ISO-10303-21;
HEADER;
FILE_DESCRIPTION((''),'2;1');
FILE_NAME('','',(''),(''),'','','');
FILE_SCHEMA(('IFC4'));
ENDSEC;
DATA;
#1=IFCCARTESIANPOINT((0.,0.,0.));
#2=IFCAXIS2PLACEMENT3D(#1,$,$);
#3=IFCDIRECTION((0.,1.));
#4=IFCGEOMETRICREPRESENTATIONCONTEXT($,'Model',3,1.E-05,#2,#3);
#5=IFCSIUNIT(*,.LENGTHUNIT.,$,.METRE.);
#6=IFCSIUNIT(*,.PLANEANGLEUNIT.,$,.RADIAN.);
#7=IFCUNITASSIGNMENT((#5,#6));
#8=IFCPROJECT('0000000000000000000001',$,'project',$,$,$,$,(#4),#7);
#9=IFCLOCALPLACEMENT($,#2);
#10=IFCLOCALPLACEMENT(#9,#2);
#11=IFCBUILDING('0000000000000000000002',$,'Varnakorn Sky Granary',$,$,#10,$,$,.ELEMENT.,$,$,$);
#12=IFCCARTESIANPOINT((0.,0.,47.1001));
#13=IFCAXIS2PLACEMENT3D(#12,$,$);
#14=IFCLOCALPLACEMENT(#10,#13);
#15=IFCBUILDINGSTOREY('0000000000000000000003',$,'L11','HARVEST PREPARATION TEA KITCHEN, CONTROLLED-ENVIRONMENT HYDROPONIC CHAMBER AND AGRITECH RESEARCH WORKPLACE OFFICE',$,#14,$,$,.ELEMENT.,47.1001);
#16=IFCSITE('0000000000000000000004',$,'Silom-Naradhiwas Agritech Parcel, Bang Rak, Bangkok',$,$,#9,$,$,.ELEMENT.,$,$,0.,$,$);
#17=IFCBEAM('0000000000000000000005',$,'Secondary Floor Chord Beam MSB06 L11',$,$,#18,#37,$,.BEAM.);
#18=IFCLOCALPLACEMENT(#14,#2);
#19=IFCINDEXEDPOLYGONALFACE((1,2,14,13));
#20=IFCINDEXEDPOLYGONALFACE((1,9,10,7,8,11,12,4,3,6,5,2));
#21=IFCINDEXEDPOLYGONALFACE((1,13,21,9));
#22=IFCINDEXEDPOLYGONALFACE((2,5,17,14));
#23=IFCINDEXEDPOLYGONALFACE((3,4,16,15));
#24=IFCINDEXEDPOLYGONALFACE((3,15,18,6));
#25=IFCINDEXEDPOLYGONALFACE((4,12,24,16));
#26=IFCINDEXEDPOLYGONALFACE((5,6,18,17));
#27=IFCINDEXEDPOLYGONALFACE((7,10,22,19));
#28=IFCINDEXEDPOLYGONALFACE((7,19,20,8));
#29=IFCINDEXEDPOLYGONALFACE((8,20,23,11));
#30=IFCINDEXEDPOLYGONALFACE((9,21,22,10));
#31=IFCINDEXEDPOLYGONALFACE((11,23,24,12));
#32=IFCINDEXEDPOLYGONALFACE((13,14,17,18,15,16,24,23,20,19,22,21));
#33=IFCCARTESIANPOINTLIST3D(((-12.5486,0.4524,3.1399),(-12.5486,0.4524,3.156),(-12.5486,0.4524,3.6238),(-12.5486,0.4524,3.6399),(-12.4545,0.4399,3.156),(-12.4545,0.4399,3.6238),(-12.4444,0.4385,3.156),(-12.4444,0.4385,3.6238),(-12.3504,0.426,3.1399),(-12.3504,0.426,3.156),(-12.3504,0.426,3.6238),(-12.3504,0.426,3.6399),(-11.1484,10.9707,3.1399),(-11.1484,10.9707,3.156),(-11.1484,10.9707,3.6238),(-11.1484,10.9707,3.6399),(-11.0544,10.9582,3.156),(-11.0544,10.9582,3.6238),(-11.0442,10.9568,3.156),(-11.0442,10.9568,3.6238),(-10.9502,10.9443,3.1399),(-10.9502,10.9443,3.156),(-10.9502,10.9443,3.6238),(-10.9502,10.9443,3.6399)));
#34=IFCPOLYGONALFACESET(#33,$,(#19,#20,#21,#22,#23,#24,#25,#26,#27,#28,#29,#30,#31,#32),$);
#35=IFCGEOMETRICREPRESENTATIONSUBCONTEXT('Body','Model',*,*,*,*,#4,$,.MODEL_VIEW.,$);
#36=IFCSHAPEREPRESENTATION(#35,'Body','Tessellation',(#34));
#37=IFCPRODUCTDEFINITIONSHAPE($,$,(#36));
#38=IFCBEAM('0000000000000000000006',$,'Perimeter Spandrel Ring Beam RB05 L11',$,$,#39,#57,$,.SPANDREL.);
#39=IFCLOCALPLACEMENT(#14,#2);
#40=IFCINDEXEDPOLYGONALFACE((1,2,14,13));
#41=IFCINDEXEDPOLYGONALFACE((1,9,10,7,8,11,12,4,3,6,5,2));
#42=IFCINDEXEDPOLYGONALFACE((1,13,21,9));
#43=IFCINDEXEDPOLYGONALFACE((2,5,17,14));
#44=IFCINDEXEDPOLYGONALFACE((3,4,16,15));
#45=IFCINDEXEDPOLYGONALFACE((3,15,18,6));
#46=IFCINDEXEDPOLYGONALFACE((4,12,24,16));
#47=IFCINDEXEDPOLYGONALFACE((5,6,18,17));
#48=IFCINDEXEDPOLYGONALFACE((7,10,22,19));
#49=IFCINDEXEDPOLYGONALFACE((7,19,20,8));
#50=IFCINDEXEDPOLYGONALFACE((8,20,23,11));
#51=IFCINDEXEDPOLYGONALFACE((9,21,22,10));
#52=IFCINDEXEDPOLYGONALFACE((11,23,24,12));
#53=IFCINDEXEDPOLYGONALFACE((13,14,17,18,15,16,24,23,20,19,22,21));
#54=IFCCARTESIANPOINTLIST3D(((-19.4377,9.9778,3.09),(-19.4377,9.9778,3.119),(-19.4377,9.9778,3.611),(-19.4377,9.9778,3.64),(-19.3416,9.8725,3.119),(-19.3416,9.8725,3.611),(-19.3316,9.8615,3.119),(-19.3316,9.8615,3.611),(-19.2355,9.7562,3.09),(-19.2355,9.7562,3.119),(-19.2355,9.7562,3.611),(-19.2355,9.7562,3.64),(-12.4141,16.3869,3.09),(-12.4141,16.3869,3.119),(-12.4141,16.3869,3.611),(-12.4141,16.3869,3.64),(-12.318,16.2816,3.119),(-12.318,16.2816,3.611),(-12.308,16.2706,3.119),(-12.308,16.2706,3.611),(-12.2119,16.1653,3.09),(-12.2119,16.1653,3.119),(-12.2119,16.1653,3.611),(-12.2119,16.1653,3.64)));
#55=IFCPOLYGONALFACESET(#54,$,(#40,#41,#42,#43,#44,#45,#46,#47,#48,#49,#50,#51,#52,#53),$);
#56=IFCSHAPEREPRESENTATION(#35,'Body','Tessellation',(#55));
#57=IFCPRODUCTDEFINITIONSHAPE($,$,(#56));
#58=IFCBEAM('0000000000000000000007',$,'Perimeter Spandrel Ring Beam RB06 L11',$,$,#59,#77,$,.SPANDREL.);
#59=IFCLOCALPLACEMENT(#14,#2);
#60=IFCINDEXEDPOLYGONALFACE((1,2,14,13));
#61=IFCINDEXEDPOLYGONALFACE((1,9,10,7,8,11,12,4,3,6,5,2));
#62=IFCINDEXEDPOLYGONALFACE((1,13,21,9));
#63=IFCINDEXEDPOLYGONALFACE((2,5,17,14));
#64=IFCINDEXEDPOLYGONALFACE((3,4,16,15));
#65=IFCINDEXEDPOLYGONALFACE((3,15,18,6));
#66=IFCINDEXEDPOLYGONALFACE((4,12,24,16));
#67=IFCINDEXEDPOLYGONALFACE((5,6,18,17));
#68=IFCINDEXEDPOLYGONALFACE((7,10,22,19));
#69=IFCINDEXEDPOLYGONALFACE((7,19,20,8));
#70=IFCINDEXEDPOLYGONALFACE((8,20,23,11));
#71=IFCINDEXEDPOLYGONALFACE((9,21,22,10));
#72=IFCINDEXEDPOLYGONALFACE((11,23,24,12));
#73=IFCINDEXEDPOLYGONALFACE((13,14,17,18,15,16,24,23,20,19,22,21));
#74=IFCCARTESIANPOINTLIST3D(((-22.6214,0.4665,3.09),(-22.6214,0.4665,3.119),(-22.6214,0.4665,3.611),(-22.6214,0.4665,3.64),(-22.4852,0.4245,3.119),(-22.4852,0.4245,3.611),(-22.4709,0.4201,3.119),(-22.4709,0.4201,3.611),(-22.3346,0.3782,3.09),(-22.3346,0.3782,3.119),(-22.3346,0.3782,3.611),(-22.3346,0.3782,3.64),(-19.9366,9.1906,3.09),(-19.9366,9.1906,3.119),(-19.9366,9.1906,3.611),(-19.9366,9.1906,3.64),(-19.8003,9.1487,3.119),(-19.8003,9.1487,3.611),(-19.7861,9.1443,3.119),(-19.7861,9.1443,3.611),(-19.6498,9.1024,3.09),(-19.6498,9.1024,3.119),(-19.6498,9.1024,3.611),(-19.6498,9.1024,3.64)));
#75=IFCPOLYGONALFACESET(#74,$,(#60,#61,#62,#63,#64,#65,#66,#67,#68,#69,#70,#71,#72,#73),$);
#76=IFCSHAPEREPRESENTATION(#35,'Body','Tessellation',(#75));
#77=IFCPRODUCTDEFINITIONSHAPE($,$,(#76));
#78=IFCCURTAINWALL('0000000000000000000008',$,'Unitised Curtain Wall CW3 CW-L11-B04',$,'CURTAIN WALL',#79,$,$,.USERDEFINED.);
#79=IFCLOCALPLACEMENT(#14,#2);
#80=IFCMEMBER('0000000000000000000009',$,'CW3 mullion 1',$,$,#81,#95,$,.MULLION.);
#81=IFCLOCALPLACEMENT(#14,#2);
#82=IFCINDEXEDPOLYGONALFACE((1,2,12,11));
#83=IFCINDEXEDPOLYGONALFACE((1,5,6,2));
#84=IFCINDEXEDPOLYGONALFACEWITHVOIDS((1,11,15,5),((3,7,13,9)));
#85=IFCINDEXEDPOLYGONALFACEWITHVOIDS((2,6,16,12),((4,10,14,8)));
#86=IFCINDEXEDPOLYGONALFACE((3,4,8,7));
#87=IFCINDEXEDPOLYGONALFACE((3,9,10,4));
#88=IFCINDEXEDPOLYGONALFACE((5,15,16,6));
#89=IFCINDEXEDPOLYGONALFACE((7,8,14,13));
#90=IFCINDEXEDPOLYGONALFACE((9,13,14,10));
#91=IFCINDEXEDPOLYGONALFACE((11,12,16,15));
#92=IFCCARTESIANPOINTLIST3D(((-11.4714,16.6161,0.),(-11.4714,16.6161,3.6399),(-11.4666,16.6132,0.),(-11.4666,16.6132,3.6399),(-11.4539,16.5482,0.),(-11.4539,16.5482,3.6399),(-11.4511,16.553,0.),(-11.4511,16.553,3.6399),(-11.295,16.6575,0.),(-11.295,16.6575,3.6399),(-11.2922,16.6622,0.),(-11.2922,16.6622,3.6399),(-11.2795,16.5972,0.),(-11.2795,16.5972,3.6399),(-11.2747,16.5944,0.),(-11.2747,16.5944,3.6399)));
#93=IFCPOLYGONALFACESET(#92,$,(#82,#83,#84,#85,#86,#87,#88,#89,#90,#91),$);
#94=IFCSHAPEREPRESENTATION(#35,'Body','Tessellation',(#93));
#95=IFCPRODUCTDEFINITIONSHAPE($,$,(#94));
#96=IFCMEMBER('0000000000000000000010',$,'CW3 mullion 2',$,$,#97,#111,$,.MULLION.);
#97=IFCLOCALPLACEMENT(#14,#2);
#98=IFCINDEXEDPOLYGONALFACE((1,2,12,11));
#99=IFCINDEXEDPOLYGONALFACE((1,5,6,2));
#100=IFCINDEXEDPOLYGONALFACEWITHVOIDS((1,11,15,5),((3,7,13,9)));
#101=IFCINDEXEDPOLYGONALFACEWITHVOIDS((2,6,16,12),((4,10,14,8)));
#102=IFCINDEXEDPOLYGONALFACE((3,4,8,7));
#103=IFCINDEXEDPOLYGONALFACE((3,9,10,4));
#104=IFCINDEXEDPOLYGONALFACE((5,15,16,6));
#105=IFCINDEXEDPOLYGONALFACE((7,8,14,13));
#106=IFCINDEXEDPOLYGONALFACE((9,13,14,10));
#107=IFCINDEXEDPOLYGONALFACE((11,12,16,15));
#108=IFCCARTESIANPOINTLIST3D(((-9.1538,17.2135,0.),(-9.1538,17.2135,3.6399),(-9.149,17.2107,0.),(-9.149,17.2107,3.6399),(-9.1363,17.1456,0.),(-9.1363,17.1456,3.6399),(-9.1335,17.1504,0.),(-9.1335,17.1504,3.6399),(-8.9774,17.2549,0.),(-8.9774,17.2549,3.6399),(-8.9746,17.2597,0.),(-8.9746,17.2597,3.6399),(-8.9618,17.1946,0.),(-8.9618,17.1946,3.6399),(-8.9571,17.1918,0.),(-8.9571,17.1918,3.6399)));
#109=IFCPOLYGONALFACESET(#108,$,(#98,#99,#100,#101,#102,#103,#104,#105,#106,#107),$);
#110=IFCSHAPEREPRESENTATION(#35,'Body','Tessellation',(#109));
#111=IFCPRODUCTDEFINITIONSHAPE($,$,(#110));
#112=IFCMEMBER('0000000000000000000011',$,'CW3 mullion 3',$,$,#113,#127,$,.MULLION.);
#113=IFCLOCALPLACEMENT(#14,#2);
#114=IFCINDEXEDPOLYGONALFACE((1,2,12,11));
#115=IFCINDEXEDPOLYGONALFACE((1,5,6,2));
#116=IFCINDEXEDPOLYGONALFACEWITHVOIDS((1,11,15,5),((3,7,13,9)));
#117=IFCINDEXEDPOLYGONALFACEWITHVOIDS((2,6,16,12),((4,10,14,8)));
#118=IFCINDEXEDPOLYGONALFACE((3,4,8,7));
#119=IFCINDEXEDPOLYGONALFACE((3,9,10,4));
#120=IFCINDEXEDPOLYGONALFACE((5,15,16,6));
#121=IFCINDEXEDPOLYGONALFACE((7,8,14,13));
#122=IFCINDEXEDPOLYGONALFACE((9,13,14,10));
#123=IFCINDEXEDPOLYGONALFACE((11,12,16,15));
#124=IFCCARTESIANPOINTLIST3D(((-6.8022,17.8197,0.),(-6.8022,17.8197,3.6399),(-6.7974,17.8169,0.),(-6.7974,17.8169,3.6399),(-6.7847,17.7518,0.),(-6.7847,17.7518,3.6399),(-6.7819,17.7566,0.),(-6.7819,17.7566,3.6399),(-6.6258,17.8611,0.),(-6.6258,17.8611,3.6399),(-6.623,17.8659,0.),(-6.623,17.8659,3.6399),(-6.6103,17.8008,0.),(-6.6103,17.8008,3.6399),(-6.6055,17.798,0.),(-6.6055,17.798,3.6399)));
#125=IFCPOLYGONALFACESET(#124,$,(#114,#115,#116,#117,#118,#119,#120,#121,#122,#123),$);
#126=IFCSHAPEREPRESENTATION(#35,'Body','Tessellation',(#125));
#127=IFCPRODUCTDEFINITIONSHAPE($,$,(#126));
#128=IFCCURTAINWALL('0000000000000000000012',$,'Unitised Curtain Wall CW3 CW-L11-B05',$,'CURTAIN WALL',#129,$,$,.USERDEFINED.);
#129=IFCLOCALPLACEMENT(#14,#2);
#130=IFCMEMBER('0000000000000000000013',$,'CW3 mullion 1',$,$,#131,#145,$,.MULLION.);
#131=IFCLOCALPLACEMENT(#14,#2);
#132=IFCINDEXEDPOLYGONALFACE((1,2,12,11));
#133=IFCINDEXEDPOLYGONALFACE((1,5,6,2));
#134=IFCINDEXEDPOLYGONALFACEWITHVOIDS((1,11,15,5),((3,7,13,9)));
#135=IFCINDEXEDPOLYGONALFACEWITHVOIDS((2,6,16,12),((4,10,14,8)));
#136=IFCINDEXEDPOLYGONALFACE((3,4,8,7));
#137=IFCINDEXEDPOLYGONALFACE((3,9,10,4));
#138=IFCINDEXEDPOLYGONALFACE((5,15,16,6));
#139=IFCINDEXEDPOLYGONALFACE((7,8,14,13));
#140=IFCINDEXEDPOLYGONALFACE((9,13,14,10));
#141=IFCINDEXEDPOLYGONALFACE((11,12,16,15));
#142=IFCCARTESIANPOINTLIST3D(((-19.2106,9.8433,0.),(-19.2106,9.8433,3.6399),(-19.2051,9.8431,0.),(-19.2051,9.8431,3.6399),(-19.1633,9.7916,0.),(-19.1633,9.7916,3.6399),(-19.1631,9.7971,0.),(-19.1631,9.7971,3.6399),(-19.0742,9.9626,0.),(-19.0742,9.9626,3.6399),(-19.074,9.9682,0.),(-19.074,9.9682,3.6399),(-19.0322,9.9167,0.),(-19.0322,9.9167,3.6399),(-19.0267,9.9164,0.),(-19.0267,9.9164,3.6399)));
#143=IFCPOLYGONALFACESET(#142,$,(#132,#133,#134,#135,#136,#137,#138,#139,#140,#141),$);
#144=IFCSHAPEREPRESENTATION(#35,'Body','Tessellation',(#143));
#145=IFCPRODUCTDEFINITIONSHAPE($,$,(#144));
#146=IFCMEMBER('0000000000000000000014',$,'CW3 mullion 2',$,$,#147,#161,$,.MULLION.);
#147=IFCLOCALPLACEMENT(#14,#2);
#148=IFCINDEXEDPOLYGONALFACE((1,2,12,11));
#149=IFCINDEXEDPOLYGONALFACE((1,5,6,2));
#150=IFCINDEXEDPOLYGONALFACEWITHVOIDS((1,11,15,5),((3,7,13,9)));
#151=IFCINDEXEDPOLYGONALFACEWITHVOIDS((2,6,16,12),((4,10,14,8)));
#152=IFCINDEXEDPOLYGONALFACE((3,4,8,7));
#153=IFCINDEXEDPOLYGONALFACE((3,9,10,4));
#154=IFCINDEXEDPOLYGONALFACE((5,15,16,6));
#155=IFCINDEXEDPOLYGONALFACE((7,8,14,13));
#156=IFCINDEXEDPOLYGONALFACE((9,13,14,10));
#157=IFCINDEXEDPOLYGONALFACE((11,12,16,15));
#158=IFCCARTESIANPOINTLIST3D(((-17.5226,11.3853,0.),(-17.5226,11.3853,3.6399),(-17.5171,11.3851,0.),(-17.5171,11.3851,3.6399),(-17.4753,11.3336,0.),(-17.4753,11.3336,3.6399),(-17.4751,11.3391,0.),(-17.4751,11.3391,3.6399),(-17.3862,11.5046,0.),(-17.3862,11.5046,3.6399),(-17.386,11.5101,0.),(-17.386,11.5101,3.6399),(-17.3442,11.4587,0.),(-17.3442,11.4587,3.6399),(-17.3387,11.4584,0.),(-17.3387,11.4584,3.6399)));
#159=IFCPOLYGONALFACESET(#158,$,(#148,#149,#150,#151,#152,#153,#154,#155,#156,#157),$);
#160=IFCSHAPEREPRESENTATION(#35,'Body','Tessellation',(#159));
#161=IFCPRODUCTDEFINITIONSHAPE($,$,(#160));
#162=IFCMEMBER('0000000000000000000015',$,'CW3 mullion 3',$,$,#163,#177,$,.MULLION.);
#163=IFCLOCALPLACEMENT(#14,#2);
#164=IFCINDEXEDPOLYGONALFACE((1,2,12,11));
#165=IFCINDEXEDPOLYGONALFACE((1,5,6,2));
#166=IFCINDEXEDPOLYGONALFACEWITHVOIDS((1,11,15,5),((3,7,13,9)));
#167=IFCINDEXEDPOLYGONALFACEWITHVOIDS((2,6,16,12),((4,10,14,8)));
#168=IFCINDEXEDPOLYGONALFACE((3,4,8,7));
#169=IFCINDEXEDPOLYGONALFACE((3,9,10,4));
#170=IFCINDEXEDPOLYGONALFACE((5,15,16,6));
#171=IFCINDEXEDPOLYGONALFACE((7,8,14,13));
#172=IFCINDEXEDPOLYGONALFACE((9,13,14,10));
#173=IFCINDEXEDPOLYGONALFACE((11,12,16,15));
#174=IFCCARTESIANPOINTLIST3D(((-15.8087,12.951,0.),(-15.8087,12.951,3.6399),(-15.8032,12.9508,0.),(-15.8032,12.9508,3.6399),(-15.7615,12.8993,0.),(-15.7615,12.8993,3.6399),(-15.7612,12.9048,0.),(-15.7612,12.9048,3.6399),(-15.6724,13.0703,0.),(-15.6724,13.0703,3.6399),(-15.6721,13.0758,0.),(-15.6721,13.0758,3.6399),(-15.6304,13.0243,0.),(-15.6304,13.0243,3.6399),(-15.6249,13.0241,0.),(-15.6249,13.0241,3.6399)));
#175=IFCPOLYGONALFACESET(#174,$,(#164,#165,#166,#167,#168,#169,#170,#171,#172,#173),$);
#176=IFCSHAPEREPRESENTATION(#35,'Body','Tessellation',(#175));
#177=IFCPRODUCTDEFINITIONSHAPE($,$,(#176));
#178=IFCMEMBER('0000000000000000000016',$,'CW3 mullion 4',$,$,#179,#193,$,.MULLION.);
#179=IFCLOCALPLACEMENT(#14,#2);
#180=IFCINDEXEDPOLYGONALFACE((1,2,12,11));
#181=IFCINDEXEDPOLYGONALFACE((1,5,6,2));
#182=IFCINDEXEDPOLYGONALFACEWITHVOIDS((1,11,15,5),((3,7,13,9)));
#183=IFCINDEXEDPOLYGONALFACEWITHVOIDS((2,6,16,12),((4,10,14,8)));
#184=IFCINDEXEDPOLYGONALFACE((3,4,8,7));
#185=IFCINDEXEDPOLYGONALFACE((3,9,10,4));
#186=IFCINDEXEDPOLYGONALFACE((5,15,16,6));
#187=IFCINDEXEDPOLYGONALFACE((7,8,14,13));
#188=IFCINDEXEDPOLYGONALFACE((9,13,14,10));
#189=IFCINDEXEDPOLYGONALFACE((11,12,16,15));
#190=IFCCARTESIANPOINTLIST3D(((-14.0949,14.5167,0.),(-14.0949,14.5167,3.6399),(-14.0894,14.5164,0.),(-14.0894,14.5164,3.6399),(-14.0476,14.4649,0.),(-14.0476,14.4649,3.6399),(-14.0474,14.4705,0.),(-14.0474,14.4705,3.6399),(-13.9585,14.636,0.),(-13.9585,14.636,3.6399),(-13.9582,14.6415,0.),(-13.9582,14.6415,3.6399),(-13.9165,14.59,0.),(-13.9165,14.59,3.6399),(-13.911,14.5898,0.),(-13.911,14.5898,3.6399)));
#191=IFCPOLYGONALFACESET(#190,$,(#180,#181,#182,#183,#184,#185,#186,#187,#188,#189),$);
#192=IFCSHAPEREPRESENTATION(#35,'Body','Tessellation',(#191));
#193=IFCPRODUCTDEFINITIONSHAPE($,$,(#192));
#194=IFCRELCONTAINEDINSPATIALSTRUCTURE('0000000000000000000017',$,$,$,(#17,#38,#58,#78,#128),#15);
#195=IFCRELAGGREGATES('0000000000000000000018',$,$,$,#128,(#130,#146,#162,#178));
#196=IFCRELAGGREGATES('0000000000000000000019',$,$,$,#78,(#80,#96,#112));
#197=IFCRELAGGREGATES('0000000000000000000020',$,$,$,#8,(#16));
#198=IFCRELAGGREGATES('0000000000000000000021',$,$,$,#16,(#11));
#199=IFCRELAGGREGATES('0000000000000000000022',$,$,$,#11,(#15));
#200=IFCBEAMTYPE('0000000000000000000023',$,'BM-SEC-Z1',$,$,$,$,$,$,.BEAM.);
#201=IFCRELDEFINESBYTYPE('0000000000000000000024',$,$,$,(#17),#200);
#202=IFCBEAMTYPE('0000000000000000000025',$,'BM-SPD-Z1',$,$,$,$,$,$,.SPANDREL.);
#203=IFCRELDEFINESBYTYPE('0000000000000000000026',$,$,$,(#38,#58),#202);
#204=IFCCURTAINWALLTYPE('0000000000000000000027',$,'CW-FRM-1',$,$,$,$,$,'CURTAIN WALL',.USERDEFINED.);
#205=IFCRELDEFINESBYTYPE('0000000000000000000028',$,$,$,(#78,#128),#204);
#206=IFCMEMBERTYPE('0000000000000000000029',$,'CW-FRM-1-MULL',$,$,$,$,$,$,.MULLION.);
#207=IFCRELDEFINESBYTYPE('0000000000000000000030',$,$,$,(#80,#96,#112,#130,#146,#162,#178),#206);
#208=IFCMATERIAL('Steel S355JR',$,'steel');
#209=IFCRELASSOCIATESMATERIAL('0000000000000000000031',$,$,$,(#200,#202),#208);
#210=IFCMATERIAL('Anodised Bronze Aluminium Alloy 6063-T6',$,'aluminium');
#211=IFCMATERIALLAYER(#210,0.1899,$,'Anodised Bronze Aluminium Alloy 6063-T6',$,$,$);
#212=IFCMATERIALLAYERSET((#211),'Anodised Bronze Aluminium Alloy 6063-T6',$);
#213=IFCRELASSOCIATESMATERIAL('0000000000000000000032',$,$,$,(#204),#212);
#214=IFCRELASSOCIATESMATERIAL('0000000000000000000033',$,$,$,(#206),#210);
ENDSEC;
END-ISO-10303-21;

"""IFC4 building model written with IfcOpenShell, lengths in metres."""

from ifc_helpers import new_model, si_unit, direction, frame, origin, origin_2d, place, context, subcontext, project, spatial, hollow_rectangle, i_section, extrude, material, layer, layer_set, material_profile, profile_set, type_object, element, aggregate, save


model = new_model("IFC4")

# Units and contexts
model_context = context("Model", 3, precision=1e-05, world=origin(), true_north=direction((0.0, 1.0)))
body_context = subcontext(model_context, "Body", "Model", "MODEL_VIEW")
ifc_project = project(units=[si_unit("LENGTHUNIT", "METRE"), si_unit("PLANEANGLEUNIT", "RADIAN")], contexts=[model_context])

# Site, building, storey
site_placement = place(None, origin())
site = spatial("IfcSite", under=ifc_project, at=site_placement, Name="Silom-Naradhiwas Agritech Parcel, Bang Rak, Bangkok", CompositionType="ELEMENT", RefElevation=0.0)
building_placement = place(site_placement, origin())
building = spatial("IfcBuilding", under=site, at=building_placement, Name="Varnakorn Sky Granary", CompositionType="ELEMENT")
storey_placement = place(building_placement, frame((0.0, 0.0, 47.1001)))
storey = spatial("IfcBuildingStorey", under=building, at=storey_placement, Name="L11", Description="HARVEST PREPARATION TEA KITCHEN, CONTROLLED-ENVIRONMENT HYDROPONIC CHAMBER AND AGRITECH RESEARCH WORKPLACE OFFICE", CompositionType="ELEMENT", Elevation=47.1001)

# Beams
ifc_material_1 = material(Name="Steel S355JR", Category="steel")
ifc_material_profile_1 = material_profile(ifc_material_1, i_section(OverallWidth=0.2, OverallDepth=0.5, WebThickness=0.0103, FlangeThickness=0.0161, at=origin_2d()), Name="IPE 500")
ifc_profile_set_1 = profile_set([ifc_material_profile_1], Name="Steel S355JR")
beam_type_1 = type_object("IfcBeamType", Name="BM-SEC-Z1", PredefinedType="BEAM", material=ifc_profile_set_1)
beam_1_placement = place(storey_placement, frame((-11.0493, 10.9575, 3.3899), z_axis=(-0.131951, -0.991256, 0.0), x_axis=(0.991256, -0.131951, 0.0)))
element("IfcBeam", 1, at=beam_1_placement, inside=storey, type_object=beam_type_1, Name="Secondary Floor Chord Beam MSB06 L11", PredefinedType="BEAM", context=body_context, shape_type="SweptSolid", body=[
    extrude(i_section(OverallWidth=0.2, OverallDepth=0.5, WebThickness=0.0103, FlangeThickness=0.0161, at=origin_2d()), origin(), (0.0, 0.0, 1.0), 10.6111),
])
ifc_material_profile_2 = material_profile(ifc_material_1, i_section(OverallWidth=0.3, OverallDepth=0.55, WebThickness=0.0149, FlangeThickness=0.0291, at=origin_2d()), Name="HE 550 B")
ifc_profile_set_2 = profile_set([ifc_material_profile_2], Name="Steel S355JR")
beam_type_2 = type_object("IfcBeamType", Name="BM-SPD-Z1", PredefinedType="SPANDREL", material=ifc_profile_set_2)
beam_2_placement = place(storey_placement, frame((-12.313, 16.2761, 3.365), z_axis=(-0.738682, -0.674054, 0.0), x_axis=(0.674054, -0.738682, 0.0)))
element("IfcBeam", 2, at=beam_2_placement, inside=storey, type_object=beam_type_2, Name="Perimeter Spandrel Ring Beam RB05 L11", PredefinedType="SPANDREL", context=body_context, shape_type="SweptSolid", body=[
    extrude(i_section(OverallWidth=0.3, OverallDepth=0.55, WebThickness=0.0149, FlangeThickness=0.0291, at=origin_2d()), origin(), (0.0, 0.0, 1.0), 9.5083),
])
beam_3_placement = place(storey_placement, frame((-19.7932, 9.1465, 3.365), z_axis=(-0.294133, -0.955765, 0.0), x_axis=(0.955765, -0.294133, 0.0)))
element("IfcBeam", 3, at=beam_3_placement, inside=storey, type_object=beam_type_2, Name="Perimeter Spandrel Ring Beam RB06 L11", PredefinedType="SPANDREL", context=body_context, shape_type="SweptSolid", body=[
    extrude(i_section(OverallWidth=0.3, OverallDepth=0.55, WebThickness=0.0149, FlangeThickness=0.0291, at=origin_2d()), origin(), (0.0, 0.0, 1.0), 9.1279),
])

# Curtain walls, members
ifc_material_2 = material(Name="Anodised Bronze Aluminium Alloy 6063-T6", Category="aluminium")
ifc_layer_1 = layer(ifc_material_2, 0.1899, Name="Anodised Bronze Aluminium Alloy 6063-T6")
ifc_layer_set_1 = layer_set([ifc_layer_1], Name="Anodised Bronze Aluminium Alloy 6063-T6")
curtain_wall_type = type_object("IfcCurtainWallType", Name="CW-FRM-1", ElementType="CURTAIN WALL", PredefinedType="USERDEFINED", material=ifc_layer_set_1)
curtain_wall_1_placement = place(storey_placement, origin())
curtain_wall_1 = element("IfcCurtainWall", 4, at=curtain_wall_1_placement, inside=storey, type_object=curtain_wall_type, Name="Unitised Curtain Wall CW3 CW-L11-B04", ObjectType="CURTAIN WALL", PredefinedType="USERDEFINED")
ifc_material_profile_3 = material_profile(ifc_material_2, hollow_rectangle(XDim=0.0701, YDim=0.1851, WallThickness=0.0039, at=origin_2d()), Name="ALU MULL 70x185")
ifc_profile_set_3 = profile_set([ifc_material_profile_3], Name="Anodised Bronze Aluminium Alloy 6063-T6")
member_type_1 = type_object("IfcMemberType", Name="CW-FRM-1-MULL", PredefinedType="MULLION", material=ifc_profile_set_3)
member_1_placement = place(storey_placement, frame((-11.373, 16.6052, 0.0), z_axis=(0.0, 0.0, 1.0), x_axis=(-0.249595, 0.96835, 0.0)))
member_1 = element("IfcMember", 5, at=member_1_placement, type_object=member_type_1, Name="CW3 mullion 1", PredefinedType="MULLION", context=body_context, shape_type="SweptSolid", body=[
    extrude(hollow_rectangle(XDim=0.0701, YDim=0.1851, WallThickness=0.0039, at=origin_2d()), origin(), (0.0, 0.0, 1.0), 3.6399),
])
member_2_placement = place(storey_placement, frame((-9.0554, 17.2026, 0.0), z_axis=(0.0, 0.0, 1.0), x_axis=(-0.249595, 0.96835, 0.0)))
member_2 = element("IfcMember", 6, at=member_2_placement, type_object=member_type_1, Name="CW3 mullion 2", PredefinedType="MULLION", context=body_context, shape_type="SweptSolid", body=[
    extrude(hollow_rectangle(XDim=0.0701, YDim=0.1851, WallThickness=0.0039, at=origin_2d()), origin(), (0.0, 0.0, 1.0), 3.6399),
])
member_3_placement = place(storey_placement, frame((-6.7039, 17.8088, 0.0), z_axis=(0.0, 0.0, 1.0), x_axis=(-0.249595, 0.96835, 0.0)))
member_3 = element("IfcMember", 7, at=member_3_placement, type_object=member_type_1, Name="CW3 mullion 3", PredefinedType="MULLION", context=body_context, shape_type="SweptSolid", body=[
    extrude(hollow_rectangle(XDim=0.0701, YDim=0.1851, WallThickness=0.0039, at=origin_2d()), origin(), (0.0, 0.0, 1.0), 3.6399),
])
curtain_wall_2_placement = place(storey_placement, origin())
curtain_wall_2 = element("IfcCurtainWall", 8, at=curtain_wall_2_placement, inside=storey, type_object=curtain_wall_type, Name="Unitised Curtain Wall CW3 CW-L11-B05", ObjectType="CURTAIN WALL", PredefinedType="USERDEFINED")
member_4_placement = place(storey_placement, frame((-19.1187, 9.8799, 0.0), z_axis=(0.0, 0.0, 1.0), x_axis=(-0.674464, 0.738307, 0.0)))
member_4 = element("IfcMember", 9, at=member_4_placement, type_object=member_type_1, Name="CW3 mullion 1", PredefinedType="MULLION", context=body_context, shape_type="SweptSolid", body=[
    extrude(hollow_rectangle(XDim=0.0701, YDim=0.1851, WallThickness=0.0039, at=origin_2d()), origin(), (0.0, 0.0, 1.0), 3.6399),
])
member_5_placement = place(storey_placement, frame((-17.4307, 11.4219, 0.0), z_axis=(0.0, 0.0, 1.0), x_axis=(-0.674464, 0.738307, 0.0)))
member_5 = element("IfcMember", 10, at=member_5_placement, type_object=member_type_1, Name="CW3 mullion 2", PredefinedType="MULLION", context=body_context, shape_type="SweptSolid", body=[
    extrude(hollow_rectangle(XDim=0.0701, YDim=0.1851, WallThickness=0.0039, at=origin_2d()), origin(), (0.0, 0.0, 1.0), 3.6399),
])
member_6_placement = place(storey_placement, frame((-15.7168, 12.9875, 0.0), z_axis=(0.0, 0.0, 1.0), x_axis=(-0.674464, 0.738307, 0.0)))
member_6 = element("IfcMember", 11, at=member_6_placement, type_object=member_type_1, Name="CW3 mullion 3", PredefinedType="MULLION", context=body_context, shape_type="SweptSolid", body=[
    extrude(hollow_rectangle(XDim=0.0701, YDim=0.1851, WallThickness=0.0039, at=origin_2d()), origin(), (0.0, 0.0, 1.0), 3.6399),
])
member_7_placement = place(storey_placement, frame((-14.0029, 14.5532, 0.0), z_axis=(0.0, 0.0, 1.0), x_axis=(-0.674464, 0.738307, 0.0)))
member_7 = element("IfcMember", 12, at=member_7_placement, type_object=member_type_1, Name="CW3 mullion 4", PredefinedType="MULLION", context=body_context, shape_type="SweptSolid", body=[
    extrude(hollow_rectangle(XDim=0.0701, YDim=0.1851, WallThickness=0.0039, at=origin_2d()), origin(), (0.0, 0.0, 1.0), 3.6399),
])

aggregate(curtain_wall_2, [member_4, member_5, member_6, member_7])
aggregate(curtain_wall_1, [member_1, member_2, member_3])

save(model, "model.ifc")
